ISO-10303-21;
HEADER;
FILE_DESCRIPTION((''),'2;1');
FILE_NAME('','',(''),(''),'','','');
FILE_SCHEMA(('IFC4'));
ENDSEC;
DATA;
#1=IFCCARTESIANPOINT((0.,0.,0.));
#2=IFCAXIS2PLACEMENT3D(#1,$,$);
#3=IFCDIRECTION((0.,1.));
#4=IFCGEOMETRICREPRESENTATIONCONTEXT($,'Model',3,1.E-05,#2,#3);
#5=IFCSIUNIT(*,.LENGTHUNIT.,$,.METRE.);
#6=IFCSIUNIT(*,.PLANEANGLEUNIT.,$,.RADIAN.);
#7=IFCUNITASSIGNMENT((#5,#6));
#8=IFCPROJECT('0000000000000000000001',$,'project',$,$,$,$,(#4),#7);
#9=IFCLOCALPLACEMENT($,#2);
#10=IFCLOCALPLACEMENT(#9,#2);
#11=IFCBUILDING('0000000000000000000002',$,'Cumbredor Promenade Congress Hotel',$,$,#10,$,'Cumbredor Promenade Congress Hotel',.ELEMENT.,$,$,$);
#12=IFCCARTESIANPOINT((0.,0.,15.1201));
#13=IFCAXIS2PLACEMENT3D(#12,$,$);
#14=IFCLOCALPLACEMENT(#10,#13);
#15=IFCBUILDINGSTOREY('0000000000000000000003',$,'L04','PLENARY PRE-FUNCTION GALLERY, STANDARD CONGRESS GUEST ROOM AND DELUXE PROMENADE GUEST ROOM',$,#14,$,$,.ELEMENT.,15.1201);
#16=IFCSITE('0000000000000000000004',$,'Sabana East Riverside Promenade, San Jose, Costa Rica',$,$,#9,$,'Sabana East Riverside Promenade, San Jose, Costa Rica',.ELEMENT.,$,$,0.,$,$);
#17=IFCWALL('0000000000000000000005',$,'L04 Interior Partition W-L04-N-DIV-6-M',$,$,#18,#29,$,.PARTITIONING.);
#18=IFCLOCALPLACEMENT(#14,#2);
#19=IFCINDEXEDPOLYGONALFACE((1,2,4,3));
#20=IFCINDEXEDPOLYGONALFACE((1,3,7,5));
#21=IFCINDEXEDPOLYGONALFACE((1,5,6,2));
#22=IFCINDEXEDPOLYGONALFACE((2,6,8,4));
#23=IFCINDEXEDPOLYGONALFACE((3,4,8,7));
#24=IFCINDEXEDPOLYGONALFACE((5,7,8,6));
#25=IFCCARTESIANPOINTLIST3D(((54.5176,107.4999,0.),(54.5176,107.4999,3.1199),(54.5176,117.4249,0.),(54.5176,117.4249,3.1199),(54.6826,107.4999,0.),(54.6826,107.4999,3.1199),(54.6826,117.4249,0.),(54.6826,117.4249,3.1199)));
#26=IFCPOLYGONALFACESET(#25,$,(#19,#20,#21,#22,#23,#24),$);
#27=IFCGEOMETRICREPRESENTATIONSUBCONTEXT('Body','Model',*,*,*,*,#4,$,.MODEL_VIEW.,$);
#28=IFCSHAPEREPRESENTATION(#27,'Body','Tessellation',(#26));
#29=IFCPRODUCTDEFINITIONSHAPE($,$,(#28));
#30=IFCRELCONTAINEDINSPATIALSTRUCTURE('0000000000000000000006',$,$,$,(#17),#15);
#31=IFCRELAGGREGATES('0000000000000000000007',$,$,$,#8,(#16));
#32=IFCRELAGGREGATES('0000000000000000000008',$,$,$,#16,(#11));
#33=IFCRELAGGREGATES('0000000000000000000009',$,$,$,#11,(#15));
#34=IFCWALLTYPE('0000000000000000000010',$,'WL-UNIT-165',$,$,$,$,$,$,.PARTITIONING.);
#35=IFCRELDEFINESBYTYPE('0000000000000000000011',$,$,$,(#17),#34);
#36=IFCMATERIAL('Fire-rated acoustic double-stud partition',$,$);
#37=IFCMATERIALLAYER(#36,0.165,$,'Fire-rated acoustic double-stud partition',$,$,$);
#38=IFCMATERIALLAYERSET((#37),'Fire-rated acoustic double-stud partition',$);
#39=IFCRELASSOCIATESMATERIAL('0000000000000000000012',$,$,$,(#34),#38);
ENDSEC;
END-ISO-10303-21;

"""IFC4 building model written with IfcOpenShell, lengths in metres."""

from ifc_helpers import new_model, si_unit, direction, frame, frame_2d, origin, place, context, subcontext, project, spatial, rectangle, extrude, material, layer, layer_set, type_object, element, save


model = new_model("IFC4")

# Units and contexts
model_context = context("Model", 3, precision=1e-05, world=origin(), true_north=direction((0.0, 1.0)))
body_context = subcontext(model_context, "Body", "Model", "MODEL_VIEW")
ifc_project = project(units=[si_unit("LENGTHUNIT", "METRE"), si_unit("PLANEANGLEUNIT", "RADIAN")], contexts=[model_context])

# Site, building, storey
site_placement = place(None, origin())
site = spatial("IfcSite", under=ifc_project, at=site_placement, Name="Sabana East Riverside Promenade, San Jose, Costa Rica", LongName="Sabana East Riverside Promenade, San Jose, Costa Rica", CompositionType="ELEMENT", RefElevation=0.0)
building_placement = place(site_placement, origin())
building = spatial("IfcBuilding", under=site, at=building_placement, Name="Cumbredor Promenade Congress Hotel", LongName="Cumbredor Promenade Congress Hotel", CompositionType="ELEMENT")
storey_placement = place(building_placement, frame((0.0, 0.0, 15.1201)))
storey = spatial("IfcBuildingStorey", under=building, at=storey_placement, Name="L04", Description="PLENARY PRE-FUNCTION GALLERY, STANDARD CONGRESS GUEST ROOM AND DELUXE PROMENADE GUEST ROOM", CompositionType="ELEMENT", Elevation=15.1201)

# Wall
ifc_material_1 = material(Name="Fire-rated acoustic double-stud partition")
ifc_layer_1 = layer(ifc_material_1, 0.165, Name="Fire-rated acoustic double-stud partition")
ifc_layer_set_1 = layer_set([ifc_layer_1], Name="Fire-rated acoustic double-stud partition")
wall_type_1 = type_object("IfcWallType", Name="WL-UNIT-165", PredefinedType="PARTITIONING", material=ifc_layer_set_1)
wall_1_placement = place(storey_placement, frame((54.6001, 107.5, 0.0), z_axis=(0.0, 0.0, 1.0), x_axis=(0.0, 1.0, 0.0)))
element("IfcWall", 1, at=wall_1_placement, inside=storey, type_object=wall_type_1, Name="L04 Interior Partition W-L04-N-DIV-6-M", PredefinedType="PARTITIONING", context=body_context, shape_type="SweptSolid", body=[
    extrude(rectangle(XDim=9.925, YDim=0.165, at=frame_2d((4.9624, 0.0))), origin(), (0.0, 0.0, 1.0), 3.1199),
])

save(model, "model.ifc")
